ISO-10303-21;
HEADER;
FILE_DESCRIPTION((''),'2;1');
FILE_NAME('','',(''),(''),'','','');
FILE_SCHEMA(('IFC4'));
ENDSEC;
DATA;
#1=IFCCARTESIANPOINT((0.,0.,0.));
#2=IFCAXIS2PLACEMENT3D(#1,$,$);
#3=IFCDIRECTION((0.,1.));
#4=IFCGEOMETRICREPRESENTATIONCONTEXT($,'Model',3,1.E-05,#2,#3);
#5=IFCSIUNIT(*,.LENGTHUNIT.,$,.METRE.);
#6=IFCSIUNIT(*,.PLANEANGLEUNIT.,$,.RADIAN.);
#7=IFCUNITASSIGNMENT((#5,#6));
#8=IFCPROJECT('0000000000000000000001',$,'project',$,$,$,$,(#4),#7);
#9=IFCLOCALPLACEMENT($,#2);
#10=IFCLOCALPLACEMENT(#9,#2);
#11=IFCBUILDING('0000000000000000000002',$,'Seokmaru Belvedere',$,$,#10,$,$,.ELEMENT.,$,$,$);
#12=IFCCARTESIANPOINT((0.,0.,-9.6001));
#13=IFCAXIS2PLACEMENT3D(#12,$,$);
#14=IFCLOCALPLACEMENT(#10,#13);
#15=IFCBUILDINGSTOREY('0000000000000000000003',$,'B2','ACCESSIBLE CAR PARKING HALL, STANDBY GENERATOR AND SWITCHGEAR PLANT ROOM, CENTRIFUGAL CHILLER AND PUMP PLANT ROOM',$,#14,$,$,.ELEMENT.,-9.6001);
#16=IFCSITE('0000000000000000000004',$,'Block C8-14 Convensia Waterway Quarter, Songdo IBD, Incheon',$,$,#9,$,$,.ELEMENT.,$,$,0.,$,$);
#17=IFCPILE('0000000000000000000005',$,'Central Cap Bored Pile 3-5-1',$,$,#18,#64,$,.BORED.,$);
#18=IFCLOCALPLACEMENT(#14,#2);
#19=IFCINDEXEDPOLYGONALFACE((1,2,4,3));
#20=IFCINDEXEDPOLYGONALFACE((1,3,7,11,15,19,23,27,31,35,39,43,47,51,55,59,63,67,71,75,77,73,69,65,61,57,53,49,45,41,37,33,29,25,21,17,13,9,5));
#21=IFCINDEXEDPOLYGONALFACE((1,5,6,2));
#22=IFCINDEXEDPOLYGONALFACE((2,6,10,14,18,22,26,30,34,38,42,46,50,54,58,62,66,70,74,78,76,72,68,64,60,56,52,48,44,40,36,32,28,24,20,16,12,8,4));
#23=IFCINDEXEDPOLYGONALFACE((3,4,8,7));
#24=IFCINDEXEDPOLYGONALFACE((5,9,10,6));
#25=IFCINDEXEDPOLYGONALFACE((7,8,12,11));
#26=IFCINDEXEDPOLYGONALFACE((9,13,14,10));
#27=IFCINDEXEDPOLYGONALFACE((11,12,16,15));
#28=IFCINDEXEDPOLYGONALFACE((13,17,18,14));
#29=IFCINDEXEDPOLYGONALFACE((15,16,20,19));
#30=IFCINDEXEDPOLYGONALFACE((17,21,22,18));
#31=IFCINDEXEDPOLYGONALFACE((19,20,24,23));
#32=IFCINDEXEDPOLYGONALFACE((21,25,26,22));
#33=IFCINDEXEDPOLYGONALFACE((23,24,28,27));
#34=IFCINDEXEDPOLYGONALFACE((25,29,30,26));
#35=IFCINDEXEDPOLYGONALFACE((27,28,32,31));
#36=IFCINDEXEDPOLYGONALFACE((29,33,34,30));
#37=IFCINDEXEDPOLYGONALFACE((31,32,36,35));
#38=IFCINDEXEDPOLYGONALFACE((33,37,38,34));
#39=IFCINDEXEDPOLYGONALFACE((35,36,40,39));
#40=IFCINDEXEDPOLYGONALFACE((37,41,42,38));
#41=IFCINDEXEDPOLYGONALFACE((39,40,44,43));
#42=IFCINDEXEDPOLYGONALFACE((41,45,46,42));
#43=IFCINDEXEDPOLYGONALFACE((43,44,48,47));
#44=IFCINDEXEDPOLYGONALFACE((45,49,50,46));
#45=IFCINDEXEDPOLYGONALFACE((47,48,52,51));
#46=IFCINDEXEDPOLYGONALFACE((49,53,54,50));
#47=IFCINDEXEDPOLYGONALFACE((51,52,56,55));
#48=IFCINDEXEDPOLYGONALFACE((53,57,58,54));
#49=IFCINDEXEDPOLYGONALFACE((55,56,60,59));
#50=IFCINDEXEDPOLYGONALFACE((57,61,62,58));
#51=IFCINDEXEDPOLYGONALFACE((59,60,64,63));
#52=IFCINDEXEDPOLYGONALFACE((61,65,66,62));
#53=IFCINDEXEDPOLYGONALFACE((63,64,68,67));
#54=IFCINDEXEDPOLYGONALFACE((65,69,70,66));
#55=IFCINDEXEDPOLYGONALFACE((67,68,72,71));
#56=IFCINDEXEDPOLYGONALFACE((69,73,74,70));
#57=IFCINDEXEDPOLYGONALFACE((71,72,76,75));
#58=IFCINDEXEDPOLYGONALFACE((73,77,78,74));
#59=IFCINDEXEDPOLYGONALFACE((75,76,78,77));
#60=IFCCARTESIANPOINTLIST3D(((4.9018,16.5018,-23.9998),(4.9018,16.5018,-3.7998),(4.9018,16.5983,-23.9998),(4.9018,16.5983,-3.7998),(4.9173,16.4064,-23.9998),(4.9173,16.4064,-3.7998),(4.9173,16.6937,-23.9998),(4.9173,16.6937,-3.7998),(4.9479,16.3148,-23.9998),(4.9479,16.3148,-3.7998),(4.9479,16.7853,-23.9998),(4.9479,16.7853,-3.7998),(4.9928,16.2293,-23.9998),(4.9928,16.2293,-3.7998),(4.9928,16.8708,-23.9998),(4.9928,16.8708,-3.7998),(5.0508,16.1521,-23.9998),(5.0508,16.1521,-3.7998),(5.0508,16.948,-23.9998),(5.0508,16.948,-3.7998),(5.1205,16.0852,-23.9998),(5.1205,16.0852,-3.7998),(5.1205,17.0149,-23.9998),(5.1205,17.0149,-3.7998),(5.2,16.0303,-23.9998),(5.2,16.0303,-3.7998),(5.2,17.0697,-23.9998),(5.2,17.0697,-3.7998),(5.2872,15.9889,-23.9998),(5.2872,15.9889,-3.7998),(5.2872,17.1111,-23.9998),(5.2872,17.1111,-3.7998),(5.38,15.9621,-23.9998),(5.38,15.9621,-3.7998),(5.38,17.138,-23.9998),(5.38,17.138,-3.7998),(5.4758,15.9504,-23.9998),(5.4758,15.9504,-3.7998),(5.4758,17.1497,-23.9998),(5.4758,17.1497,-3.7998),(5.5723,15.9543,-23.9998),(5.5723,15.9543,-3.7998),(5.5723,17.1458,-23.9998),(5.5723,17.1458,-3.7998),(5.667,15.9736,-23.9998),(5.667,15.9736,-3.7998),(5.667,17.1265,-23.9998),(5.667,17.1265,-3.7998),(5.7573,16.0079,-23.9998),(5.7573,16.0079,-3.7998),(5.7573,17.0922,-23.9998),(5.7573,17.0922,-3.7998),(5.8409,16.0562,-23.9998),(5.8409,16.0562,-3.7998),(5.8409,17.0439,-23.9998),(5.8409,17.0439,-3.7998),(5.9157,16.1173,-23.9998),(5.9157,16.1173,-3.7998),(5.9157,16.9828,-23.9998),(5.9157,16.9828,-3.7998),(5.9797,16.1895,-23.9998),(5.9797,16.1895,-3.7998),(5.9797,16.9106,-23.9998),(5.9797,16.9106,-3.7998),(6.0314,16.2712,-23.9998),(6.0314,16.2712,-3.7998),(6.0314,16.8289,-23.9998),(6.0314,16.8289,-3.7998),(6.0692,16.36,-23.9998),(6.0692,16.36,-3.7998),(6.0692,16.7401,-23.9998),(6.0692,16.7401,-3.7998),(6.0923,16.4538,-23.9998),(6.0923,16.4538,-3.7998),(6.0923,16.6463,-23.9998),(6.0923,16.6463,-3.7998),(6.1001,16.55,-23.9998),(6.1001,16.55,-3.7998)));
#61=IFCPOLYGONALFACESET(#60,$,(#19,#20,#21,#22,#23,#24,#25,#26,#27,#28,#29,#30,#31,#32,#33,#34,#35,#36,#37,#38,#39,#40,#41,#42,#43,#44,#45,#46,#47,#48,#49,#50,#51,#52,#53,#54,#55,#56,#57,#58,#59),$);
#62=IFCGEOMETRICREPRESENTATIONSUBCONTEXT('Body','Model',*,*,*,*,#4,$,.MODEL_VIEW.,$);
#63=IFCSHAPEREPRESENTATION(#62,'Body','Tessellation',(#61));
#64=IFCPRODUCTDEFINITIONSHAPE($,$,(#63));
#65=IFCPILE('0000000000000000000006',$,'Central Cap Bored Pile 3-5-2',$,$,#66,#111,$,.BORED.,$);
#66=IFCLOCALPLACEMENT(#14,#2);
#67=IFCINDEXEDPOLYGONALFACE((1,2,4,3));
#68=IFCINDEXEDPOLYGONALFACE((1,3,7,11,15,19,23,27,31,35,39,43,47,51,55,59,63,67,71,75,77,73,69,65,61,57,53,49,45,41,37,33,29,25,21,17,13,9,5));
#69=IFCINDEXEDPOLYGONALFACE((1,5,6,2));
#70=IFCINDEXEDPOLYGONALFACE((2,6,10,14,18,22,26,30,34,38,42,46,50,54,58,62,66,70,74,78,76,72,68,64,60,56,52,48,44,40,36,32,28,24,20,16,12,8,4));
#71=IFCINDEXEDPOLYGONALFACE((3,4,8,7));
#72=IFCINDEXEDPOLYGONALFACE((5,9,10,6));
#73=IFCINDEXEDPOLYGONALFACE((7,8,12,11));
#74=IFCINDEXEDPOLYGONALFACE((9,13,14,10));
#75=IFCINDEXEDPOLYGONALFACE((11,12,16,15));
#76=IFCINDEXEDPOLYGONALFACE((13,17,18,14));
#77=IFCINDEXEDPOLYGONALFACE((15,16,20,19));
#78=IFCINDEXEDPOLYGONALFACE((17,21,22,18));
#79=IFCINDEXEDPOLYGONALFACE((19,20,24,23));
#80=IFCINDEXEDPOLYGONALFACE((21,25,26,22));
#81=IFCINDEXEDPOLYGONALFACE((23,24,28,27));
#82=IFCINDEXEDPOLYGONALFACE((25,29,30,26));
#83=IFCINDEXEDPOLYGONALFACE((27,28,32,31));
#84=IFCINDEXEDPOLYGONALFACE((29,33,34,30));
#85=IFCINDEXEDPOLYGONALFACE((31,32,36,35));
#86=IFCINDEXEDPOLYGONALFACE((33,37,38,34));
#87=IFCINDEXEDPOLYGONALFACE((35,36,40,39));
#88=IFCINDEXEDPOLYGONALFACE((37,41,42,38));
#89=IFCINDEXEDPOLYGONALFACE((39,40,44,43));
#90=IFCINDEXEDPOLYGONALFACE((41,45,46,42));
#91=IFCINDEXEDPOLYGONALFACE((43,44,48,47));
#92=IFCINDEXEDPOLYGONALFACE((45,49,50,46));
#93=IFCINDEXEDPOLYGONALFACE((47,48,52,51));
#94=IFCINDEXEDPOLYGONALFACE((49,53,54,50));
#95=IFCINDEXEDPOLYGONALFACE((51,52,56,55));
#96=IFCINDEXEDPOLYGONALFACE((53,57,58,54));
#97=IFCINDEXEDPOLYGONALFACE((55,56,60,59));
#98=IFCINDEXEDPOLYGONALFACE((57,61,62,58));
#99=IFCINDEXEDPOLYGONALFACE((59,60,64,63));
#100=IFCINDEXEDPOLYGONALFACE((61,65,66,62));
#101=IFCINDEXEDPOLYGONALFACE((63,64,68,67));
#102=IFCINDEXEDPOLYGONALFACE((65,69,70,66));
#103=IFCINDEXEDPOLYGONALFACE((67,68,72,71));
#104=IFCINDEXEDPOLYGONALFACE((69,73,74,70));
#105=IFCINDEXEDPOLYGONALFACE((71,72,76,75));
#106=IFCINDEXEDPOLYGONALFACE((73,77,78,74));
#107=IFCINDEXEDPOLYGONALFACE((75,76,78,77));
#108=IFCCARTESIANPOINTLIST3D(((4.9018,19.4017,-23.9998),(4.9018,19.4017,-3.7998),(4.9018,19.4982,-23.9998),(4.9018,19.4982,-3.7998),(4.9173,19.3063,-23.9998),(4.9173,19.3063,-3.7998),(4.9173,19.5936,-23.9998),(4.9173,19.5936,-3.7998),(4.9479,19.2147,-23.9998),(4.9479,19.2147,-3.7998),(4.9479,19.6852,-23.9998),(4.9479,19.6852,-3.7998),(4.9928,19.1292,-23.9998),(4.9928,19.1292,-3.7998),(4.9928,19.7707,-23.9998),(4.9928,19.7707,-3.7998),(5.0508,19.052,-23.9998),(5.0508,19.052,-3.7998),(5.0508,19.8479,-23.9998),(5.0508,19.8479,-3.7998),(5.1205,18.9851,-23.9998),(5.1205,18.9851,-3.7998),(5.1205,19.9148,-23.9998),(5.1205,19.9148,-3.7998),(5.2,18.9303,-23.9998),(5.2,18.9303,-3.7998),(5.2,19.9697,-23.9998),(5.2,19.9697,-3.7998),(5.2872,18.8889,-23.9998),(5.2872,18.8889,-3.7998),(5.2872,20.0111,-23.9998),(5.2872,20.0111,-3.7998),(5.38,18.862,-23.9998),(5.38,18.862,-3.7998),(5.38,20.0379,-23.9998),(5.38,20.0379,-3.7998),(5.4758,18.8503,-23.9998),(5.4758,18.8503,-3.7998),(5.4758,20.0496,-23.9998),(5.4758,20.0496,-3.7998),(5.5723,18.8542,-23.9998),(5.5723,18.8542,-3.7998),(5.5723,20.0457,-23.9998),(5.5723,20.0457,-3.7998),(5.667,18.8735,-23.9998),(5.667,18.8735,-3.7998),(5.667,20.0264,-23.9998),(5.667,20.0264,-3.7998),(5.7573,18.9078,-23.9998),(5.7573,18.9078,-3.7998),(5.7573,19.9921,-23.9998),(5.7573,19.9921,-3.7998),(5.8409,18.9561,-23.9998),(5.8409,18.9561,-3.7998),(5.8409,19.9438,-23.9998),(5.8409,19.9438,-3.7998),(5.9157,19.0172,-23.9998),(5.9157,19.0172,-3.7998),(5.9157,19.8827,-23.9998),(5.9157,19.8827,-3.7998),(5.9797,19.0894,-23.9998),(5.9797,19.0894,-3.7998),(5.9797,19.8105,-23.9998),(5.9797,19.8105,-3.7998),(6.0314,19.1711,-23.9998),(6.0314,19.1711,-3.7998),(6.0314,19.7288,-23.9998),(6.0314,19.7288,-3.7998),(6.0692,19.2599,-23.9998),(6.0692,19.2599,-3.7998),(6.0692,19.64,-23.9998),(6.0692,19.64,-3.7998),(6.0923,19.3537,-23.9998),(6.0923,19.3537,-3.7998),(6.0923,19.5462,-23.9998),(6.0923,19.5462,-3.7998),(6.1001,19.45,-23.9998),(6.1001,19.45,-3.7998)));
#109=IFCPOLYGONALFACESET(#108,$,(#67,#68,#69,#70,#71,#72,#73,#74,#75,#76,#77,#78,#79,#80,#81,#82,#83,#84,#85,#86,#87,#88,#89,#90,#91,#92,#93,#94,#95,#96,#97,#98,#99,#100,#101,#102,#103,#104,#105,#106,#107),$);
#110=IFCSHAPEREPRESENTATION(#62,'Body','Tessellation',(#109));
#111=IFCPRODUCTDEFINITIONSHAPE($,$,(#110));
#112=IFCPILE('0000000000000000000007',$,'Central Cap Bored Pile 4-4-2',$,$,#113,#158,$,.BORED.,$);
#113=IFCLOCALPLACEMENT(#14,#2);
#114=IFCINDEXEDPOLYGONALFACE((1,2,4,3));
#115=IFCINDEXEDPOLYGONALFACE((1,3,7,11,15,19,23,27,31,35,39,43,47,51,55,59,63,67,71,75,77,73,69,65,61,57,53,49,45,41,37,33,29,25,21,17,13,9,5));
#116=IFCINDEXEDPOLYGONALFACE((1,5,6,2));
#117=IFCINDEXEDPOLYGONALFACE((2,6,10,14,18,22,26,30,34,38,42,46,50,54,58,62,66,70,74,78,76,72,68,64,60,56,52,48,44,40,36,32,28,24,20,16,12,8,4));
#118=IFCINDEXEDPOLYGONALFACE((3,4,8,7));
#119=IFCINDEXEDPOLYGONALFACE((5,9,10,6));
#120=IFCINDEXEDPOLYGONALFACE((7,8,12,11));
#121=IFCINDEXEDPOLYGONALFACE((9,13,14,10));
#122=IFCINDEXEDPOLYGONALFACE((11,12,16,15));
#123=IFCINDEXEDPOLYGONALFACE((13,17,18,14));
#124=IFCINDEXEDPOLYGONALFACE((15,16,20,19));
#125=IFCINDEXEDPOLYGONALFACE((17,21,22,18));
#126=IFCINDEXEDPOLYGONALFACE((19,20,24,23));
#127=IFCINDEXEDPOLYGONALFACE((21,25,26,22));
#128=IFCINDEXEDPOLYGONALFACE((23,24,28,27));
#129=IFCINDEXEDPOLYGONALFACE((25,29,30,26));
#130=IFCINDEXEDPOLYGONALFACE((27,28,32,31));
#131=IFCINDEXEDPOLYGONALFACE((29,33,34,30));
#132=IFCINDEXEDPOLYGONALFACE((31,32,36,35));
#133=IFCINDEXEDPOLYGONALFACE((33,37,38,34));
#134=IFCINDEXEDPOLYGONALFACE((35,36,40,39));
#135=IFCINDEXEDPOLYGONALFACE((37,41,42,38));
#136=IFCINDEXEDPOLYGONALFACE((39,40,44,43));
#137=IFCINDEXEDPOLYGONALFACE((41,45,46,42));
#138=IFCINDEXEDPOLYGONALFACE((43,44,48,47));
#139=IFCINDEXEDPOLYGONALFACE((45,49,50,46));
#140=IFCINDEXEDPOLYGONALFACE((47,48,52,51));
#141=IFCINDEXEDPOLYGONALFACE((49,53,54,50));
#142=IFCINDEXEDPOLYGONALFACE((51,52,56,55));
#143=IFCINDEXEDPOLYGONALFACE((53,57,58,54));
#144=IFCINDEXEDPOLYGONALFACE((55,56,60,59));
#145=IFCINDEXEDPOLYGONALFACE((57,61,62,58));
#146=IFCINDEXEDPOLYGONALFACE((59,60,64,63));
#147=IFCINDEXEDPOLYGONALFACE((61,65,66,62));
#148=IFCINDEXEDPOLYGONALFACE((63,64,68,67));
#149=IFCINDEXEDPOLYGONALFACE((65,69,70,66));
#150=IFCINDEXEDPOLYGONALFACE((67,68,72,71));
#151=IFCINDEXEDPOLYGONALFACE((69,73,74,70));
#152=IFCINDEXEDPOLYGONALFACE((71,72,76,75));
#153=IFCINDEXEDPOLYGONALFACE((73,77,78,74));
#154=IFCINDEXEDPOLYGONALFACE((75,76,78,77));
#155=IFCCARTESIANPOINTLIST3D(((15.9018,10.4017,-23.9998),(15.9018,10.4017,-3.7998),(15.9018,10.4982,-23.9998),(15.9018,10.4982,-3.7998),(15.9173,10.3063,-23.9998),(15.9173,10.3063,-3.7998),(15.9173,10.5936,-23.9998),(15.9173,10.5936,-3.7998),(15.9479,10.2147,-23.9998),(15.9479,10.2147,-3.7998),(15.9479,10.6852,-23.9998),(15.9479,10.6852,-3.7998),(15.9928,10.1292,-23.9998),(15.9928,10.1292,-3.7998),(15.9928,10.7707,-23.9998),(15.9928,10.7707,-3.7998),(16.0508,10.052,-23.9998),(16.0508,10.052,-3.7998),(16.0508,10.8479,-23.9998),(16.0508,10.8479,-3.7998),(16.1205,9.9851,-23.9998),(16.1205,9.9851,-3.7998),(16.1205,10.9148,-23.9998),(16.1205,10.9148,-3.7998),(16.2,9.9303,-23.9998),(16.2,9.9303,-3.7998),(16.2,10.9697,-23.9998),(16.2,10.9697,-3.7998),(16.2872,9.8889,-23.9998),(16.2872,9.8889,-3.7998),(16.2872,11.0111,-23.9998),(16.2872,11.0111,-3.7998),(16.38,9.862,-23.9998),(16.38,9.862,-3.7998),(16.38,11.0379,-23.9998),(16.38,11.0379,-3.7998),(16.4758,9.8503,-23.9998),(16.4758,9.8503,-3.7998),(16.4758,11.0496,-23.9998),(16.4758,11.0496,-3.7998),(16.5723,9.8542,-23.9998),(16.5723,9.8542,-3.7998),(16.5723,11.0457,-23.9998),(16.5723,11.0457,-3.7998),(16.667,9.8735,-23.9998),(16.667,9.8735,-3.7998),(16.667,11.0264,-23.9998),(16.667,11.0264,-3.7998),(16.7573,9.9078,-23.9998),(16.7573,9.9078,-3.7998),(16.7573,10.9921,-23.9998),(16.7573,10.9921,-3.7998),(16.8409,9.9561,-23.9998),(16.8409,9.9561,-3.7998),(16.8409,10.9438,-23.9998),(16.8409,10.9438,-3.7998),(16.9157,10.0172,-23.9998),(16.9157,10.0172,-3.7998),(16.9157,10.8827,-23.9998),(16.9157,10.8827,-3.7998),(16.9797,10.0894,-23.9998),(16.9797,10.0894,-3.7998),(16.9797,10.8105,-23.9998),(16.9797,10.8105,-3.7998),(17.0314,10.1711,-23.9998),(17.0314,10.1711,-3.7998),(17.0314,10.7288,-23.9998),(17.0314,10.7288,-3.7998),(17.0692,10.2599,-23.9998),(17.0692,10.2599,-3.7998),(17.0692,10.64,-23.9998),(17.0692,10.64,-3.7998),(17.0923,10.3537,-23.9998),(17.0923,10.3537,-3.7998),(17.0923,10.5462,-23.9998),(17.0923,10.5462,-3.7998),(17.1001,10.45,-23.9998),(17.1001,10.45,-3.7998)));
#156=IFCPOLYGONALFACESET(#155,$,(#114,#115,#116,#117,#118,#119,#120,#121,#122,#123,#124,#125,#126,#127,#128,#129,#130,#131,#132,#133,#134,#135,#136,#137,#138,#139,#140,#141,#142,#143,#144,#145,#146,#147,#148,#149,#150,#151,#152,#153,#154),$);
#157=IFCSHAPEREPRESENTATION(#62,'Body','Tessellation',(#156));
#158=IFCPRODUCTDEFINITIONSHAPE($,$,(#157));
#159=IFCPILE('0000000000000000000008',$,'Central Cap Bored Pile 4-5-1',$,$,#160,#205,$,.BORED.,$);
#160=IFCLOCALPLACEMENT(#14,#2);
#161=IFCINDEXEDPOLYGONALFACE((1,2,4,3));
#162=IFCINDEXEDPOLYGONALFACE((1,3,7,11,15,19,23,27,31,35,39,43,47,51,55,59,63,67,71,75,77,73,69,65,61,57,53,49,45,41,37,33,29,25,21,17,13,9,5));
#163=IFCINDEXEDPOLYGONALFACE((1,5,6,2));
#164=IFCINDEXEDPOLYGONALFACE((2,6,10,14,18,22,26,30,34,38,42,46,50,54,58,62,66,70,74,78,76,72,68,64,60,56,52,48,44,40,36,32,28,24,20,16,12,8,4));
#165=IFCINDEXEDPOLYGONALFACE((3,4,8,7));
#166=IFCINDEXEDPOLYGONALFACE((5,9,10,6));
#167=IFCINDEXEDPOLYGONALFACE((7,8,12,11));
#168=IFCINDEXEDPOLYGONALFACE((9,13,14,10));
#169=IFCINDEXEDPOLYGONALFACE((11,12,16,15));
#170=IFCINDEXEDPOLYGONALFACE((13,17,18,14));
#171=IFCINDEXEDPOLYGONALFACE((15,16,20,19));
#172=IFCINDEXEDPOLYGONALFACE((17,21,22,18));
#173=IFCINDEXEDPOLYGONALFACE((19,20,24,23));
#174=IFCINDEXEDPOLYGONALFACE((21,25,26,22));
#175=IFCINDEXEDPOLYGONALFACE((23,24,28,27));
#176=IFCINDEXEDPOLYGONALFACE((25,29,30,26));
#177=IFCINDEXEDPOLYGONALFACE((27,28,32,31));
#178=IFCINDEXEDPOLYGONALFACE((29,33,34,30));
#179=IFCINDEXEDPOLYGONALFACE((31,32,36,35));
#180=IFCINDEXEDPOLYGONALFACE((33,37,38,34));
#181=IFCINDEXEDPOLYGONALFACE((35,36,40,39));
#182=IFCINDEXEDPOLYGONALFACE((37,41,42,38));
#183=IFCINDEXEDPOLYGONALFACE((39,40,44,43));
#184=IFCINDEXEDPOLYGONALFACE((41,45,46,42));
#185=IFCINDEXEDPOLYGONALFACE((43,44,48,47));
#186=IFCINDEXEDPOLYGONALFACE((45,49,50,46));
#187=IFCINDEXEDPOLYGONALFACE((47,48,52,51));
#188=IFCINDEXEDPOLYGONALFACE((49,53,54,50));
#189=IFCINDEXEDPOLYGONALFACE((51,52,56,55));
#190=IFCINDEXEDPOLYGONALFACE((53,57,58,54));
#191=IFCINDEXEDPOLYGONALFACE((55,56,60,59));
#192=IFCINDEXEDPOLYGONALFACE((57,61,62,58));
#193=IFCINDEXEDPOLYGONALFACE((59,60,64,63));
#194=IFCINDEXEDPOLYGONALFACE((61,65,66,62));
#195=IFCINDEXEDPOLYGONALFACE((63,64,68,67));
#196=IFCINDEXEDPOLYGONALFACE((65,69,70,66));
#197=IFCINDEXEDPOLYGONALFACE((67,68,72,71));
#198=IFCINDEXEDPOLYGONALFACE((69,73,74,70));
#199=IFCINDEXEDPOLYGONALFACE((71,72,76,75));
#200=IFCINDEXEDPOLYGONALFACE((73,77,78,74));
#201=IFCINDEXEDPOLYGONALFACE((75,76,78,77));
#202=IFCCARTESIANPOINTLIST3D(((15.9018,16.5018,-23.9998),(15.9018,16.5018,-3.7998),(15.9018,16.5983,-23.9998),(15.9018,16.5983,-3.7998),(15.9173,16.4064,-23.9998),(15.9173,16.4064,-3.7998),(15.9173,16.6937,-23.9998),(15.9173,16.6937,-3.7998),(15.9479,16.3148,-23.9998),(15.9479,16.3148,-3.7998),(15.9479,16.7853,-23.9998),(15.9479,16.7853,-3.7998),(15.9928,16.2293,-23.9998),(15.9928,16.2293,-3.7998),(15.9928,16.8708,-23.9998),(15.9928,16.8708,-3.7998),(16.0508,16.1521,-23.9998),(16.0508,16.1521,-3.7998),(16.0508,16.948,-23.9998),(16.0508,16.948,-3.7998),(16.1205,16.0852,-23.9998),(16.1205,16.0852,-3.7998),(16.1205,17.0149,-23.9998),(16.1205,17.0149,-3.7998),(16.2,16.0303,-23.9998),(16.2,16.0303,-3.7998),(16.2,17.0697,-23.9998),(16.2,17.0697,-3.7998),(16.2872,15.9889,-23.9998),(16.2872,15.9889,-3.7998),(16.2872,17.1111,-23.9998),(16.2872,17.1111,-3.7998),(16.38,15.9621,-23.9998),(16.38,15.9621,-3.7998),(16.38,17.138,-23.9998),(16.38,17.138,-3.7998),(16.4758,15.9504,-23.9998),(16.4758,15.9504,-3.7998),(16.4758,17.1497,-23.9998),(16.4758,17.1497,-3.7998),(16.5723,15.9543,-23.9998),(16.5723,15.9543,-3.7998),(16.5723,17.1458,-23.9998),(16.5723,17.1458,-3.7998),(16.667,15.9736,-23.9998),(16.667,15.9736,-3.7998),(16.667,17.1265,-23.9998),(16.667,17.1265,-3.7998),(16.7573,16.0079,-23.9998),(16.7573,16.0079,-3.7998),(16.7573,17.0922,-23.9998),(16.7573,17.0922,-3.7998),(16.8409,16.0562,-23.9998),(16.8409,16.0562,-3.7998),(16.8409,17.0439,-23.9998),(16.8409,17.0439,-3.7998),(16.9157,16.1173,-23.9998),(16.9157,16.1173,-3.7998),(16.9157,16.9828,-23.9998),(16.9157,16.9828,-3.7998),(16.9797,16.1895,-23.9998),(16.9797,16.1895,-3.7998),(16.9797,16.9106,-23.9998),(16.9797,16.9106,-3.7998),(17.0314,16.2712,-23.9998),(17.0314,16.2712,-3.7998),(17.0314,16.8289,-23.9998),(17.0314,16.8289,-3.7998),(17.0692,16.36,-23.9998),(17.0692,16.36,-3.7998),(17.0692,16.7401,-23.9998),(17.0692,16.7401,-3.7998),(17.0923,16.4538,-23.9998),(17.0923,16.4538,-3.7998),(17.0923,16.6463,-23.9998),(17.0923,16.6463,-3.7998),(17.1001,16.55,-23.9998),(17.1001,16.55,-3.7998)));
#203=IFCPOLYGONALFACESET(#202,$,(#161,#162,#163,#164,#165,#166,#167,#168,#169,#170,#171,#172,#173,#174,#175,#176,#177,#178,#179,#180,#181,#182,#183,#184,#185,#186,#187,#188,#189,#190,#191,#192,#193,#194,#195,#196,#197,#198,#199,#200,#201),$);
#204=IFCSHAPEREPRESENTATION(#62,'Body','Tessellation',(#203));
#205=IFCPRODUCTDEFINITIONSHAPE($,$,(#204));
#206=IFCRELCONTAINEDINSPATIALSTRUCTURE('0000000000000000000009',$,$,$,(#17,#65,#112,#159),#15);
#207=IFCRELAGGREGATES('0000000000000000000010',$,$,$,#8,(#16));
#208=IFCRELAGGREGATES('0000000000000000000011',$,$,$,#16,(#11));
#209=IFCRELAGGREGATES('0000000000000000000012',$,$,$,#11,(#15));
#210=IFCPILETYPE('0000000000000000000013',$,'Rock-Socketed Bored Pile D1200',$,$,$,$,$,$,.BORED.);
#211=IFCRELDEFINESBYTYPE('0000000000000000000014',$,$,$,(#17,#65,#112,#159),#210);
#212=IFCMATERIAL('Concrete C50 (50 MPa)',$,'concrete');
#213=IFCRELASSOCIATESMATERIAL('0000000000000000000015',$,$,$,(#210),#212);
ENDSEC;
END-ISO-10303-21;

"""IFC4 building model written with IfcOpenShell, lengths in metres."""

from ifc_helpers import new_model, si_unit, direction, frame, origin, origin_2d, place, context, subcontext, project, spatial, circle, extrude, source, transform, mapped, material, material_profile, profile_set, type_object, type_shapes, element, save


model = new_model("IFC4")

# Units and contexts
model_context = context("Model", 3, precision=1e-05, world=origin(), true_north=direction((0.0, 1.0)))
body_context = subcontext(model_context, "Body", "Model", "MODEL_VIEW")
ifc_project = project(units=[si_unit("LENGTHUNIT", "METRE"), si_unit("PLANEANGLEUNIT", "RADIAN")], contexts=[model_context])

# Site, building, storey
site_placement = place(None, origin())
site = spatial("IfcSite", under=ifc_project, at=site_placement, Name="Block C8-14 Convensia Waterway Quarter, Songdo IBD, Incheon", CompositionType="ELEMENT", RefElevation=0.0)
building_placement = place(site_placement, origin())
building = spatial("IfcBuilding", under=site, at=building_placement, Name="Seokmaru Belvedere", CompositionType="ELEMENT")
storey_placement = place(building_placement, frame((0.0, 0.0, -9.6001)))
storey = spatial("IfcBuildingStorey", under=building, at=storey_placement, Name="B2", Description="ACCESSIBLE CAR PARKING HALL, STANDBY GENERATOR AND SWITCHGEAR PLANT ROOM, CENTRIFUGAL CHILLER AND PUMP PLANT ROOM", CompositionType="ELEMENT", Elevation=-9.6001)

# Piles
ifc_material_1 = material(Name="Concrete C50 (50 MPa)", Category="concrete")
ifc_material_profile_1 = material_profile(ifc_material_1, circle(Radius=0.6001, at=origin_2d()), Name="PILE-D1200")
ifc_profile_set_1 = profile_set([ifc_material_profile_1], Name="Concrete C50 (50 MPa)")
pile_type = type_object("IfcPileType", Name="Rock-Socketed Bored Pile D1200", PredefinedType="BORED", material=ifc_profile_set_1)
shared_shape_1 = source(origin(), body_context, "Body", "SweptSolid", [
    extrude(circle(Radius=0.6001, at=origin_2d()), origin(), (0.0, 0.0, 1.0), 20.2),
])
type_shapes(pile_type, [shared_shape_1])
for number, where, z_axis, x_axis, name in (
    (1, (5.5, 16.55, -3.7998), (0.0, 0.0, -1.0), (1.0, 0.0, 0.0), "Central Cap Bored Pile 3-5-1"),
    (2, (5.5, 19.45, -3.7998), (0.0, 0.0, -1.0), (1.0, 0.0, 0.0), "Central Cap Bored Pile 3-5-2"),
    (3, (16.5, 10.45, -3.7998), (0.0, 0.0, -1.0), (1.0, 0.0, 0.0), "Central Cap Bored Pile 4-4-2"),
    (4, (16.5, 16.55, -3.7998), (0.0, 0.0, -1.0), (1.0, 0.0, 0.0), "Central Cap Bored Pile 4-5-1"),
):
    element("IfcPile", number, at=place(storey_placement, frame(where, z_axis=z_axis, x_axis=x_axis)), inside=storey, type_object=pile_type, Name=name, PredefinedType="BORED", context=body_context, shape_type="MappedRepresentation", body=[
        mapped(shared_shape_1, transform((0.0, 0.0, 0.0), scale=1.0)),
    ])

save(model, "model.ifc")
